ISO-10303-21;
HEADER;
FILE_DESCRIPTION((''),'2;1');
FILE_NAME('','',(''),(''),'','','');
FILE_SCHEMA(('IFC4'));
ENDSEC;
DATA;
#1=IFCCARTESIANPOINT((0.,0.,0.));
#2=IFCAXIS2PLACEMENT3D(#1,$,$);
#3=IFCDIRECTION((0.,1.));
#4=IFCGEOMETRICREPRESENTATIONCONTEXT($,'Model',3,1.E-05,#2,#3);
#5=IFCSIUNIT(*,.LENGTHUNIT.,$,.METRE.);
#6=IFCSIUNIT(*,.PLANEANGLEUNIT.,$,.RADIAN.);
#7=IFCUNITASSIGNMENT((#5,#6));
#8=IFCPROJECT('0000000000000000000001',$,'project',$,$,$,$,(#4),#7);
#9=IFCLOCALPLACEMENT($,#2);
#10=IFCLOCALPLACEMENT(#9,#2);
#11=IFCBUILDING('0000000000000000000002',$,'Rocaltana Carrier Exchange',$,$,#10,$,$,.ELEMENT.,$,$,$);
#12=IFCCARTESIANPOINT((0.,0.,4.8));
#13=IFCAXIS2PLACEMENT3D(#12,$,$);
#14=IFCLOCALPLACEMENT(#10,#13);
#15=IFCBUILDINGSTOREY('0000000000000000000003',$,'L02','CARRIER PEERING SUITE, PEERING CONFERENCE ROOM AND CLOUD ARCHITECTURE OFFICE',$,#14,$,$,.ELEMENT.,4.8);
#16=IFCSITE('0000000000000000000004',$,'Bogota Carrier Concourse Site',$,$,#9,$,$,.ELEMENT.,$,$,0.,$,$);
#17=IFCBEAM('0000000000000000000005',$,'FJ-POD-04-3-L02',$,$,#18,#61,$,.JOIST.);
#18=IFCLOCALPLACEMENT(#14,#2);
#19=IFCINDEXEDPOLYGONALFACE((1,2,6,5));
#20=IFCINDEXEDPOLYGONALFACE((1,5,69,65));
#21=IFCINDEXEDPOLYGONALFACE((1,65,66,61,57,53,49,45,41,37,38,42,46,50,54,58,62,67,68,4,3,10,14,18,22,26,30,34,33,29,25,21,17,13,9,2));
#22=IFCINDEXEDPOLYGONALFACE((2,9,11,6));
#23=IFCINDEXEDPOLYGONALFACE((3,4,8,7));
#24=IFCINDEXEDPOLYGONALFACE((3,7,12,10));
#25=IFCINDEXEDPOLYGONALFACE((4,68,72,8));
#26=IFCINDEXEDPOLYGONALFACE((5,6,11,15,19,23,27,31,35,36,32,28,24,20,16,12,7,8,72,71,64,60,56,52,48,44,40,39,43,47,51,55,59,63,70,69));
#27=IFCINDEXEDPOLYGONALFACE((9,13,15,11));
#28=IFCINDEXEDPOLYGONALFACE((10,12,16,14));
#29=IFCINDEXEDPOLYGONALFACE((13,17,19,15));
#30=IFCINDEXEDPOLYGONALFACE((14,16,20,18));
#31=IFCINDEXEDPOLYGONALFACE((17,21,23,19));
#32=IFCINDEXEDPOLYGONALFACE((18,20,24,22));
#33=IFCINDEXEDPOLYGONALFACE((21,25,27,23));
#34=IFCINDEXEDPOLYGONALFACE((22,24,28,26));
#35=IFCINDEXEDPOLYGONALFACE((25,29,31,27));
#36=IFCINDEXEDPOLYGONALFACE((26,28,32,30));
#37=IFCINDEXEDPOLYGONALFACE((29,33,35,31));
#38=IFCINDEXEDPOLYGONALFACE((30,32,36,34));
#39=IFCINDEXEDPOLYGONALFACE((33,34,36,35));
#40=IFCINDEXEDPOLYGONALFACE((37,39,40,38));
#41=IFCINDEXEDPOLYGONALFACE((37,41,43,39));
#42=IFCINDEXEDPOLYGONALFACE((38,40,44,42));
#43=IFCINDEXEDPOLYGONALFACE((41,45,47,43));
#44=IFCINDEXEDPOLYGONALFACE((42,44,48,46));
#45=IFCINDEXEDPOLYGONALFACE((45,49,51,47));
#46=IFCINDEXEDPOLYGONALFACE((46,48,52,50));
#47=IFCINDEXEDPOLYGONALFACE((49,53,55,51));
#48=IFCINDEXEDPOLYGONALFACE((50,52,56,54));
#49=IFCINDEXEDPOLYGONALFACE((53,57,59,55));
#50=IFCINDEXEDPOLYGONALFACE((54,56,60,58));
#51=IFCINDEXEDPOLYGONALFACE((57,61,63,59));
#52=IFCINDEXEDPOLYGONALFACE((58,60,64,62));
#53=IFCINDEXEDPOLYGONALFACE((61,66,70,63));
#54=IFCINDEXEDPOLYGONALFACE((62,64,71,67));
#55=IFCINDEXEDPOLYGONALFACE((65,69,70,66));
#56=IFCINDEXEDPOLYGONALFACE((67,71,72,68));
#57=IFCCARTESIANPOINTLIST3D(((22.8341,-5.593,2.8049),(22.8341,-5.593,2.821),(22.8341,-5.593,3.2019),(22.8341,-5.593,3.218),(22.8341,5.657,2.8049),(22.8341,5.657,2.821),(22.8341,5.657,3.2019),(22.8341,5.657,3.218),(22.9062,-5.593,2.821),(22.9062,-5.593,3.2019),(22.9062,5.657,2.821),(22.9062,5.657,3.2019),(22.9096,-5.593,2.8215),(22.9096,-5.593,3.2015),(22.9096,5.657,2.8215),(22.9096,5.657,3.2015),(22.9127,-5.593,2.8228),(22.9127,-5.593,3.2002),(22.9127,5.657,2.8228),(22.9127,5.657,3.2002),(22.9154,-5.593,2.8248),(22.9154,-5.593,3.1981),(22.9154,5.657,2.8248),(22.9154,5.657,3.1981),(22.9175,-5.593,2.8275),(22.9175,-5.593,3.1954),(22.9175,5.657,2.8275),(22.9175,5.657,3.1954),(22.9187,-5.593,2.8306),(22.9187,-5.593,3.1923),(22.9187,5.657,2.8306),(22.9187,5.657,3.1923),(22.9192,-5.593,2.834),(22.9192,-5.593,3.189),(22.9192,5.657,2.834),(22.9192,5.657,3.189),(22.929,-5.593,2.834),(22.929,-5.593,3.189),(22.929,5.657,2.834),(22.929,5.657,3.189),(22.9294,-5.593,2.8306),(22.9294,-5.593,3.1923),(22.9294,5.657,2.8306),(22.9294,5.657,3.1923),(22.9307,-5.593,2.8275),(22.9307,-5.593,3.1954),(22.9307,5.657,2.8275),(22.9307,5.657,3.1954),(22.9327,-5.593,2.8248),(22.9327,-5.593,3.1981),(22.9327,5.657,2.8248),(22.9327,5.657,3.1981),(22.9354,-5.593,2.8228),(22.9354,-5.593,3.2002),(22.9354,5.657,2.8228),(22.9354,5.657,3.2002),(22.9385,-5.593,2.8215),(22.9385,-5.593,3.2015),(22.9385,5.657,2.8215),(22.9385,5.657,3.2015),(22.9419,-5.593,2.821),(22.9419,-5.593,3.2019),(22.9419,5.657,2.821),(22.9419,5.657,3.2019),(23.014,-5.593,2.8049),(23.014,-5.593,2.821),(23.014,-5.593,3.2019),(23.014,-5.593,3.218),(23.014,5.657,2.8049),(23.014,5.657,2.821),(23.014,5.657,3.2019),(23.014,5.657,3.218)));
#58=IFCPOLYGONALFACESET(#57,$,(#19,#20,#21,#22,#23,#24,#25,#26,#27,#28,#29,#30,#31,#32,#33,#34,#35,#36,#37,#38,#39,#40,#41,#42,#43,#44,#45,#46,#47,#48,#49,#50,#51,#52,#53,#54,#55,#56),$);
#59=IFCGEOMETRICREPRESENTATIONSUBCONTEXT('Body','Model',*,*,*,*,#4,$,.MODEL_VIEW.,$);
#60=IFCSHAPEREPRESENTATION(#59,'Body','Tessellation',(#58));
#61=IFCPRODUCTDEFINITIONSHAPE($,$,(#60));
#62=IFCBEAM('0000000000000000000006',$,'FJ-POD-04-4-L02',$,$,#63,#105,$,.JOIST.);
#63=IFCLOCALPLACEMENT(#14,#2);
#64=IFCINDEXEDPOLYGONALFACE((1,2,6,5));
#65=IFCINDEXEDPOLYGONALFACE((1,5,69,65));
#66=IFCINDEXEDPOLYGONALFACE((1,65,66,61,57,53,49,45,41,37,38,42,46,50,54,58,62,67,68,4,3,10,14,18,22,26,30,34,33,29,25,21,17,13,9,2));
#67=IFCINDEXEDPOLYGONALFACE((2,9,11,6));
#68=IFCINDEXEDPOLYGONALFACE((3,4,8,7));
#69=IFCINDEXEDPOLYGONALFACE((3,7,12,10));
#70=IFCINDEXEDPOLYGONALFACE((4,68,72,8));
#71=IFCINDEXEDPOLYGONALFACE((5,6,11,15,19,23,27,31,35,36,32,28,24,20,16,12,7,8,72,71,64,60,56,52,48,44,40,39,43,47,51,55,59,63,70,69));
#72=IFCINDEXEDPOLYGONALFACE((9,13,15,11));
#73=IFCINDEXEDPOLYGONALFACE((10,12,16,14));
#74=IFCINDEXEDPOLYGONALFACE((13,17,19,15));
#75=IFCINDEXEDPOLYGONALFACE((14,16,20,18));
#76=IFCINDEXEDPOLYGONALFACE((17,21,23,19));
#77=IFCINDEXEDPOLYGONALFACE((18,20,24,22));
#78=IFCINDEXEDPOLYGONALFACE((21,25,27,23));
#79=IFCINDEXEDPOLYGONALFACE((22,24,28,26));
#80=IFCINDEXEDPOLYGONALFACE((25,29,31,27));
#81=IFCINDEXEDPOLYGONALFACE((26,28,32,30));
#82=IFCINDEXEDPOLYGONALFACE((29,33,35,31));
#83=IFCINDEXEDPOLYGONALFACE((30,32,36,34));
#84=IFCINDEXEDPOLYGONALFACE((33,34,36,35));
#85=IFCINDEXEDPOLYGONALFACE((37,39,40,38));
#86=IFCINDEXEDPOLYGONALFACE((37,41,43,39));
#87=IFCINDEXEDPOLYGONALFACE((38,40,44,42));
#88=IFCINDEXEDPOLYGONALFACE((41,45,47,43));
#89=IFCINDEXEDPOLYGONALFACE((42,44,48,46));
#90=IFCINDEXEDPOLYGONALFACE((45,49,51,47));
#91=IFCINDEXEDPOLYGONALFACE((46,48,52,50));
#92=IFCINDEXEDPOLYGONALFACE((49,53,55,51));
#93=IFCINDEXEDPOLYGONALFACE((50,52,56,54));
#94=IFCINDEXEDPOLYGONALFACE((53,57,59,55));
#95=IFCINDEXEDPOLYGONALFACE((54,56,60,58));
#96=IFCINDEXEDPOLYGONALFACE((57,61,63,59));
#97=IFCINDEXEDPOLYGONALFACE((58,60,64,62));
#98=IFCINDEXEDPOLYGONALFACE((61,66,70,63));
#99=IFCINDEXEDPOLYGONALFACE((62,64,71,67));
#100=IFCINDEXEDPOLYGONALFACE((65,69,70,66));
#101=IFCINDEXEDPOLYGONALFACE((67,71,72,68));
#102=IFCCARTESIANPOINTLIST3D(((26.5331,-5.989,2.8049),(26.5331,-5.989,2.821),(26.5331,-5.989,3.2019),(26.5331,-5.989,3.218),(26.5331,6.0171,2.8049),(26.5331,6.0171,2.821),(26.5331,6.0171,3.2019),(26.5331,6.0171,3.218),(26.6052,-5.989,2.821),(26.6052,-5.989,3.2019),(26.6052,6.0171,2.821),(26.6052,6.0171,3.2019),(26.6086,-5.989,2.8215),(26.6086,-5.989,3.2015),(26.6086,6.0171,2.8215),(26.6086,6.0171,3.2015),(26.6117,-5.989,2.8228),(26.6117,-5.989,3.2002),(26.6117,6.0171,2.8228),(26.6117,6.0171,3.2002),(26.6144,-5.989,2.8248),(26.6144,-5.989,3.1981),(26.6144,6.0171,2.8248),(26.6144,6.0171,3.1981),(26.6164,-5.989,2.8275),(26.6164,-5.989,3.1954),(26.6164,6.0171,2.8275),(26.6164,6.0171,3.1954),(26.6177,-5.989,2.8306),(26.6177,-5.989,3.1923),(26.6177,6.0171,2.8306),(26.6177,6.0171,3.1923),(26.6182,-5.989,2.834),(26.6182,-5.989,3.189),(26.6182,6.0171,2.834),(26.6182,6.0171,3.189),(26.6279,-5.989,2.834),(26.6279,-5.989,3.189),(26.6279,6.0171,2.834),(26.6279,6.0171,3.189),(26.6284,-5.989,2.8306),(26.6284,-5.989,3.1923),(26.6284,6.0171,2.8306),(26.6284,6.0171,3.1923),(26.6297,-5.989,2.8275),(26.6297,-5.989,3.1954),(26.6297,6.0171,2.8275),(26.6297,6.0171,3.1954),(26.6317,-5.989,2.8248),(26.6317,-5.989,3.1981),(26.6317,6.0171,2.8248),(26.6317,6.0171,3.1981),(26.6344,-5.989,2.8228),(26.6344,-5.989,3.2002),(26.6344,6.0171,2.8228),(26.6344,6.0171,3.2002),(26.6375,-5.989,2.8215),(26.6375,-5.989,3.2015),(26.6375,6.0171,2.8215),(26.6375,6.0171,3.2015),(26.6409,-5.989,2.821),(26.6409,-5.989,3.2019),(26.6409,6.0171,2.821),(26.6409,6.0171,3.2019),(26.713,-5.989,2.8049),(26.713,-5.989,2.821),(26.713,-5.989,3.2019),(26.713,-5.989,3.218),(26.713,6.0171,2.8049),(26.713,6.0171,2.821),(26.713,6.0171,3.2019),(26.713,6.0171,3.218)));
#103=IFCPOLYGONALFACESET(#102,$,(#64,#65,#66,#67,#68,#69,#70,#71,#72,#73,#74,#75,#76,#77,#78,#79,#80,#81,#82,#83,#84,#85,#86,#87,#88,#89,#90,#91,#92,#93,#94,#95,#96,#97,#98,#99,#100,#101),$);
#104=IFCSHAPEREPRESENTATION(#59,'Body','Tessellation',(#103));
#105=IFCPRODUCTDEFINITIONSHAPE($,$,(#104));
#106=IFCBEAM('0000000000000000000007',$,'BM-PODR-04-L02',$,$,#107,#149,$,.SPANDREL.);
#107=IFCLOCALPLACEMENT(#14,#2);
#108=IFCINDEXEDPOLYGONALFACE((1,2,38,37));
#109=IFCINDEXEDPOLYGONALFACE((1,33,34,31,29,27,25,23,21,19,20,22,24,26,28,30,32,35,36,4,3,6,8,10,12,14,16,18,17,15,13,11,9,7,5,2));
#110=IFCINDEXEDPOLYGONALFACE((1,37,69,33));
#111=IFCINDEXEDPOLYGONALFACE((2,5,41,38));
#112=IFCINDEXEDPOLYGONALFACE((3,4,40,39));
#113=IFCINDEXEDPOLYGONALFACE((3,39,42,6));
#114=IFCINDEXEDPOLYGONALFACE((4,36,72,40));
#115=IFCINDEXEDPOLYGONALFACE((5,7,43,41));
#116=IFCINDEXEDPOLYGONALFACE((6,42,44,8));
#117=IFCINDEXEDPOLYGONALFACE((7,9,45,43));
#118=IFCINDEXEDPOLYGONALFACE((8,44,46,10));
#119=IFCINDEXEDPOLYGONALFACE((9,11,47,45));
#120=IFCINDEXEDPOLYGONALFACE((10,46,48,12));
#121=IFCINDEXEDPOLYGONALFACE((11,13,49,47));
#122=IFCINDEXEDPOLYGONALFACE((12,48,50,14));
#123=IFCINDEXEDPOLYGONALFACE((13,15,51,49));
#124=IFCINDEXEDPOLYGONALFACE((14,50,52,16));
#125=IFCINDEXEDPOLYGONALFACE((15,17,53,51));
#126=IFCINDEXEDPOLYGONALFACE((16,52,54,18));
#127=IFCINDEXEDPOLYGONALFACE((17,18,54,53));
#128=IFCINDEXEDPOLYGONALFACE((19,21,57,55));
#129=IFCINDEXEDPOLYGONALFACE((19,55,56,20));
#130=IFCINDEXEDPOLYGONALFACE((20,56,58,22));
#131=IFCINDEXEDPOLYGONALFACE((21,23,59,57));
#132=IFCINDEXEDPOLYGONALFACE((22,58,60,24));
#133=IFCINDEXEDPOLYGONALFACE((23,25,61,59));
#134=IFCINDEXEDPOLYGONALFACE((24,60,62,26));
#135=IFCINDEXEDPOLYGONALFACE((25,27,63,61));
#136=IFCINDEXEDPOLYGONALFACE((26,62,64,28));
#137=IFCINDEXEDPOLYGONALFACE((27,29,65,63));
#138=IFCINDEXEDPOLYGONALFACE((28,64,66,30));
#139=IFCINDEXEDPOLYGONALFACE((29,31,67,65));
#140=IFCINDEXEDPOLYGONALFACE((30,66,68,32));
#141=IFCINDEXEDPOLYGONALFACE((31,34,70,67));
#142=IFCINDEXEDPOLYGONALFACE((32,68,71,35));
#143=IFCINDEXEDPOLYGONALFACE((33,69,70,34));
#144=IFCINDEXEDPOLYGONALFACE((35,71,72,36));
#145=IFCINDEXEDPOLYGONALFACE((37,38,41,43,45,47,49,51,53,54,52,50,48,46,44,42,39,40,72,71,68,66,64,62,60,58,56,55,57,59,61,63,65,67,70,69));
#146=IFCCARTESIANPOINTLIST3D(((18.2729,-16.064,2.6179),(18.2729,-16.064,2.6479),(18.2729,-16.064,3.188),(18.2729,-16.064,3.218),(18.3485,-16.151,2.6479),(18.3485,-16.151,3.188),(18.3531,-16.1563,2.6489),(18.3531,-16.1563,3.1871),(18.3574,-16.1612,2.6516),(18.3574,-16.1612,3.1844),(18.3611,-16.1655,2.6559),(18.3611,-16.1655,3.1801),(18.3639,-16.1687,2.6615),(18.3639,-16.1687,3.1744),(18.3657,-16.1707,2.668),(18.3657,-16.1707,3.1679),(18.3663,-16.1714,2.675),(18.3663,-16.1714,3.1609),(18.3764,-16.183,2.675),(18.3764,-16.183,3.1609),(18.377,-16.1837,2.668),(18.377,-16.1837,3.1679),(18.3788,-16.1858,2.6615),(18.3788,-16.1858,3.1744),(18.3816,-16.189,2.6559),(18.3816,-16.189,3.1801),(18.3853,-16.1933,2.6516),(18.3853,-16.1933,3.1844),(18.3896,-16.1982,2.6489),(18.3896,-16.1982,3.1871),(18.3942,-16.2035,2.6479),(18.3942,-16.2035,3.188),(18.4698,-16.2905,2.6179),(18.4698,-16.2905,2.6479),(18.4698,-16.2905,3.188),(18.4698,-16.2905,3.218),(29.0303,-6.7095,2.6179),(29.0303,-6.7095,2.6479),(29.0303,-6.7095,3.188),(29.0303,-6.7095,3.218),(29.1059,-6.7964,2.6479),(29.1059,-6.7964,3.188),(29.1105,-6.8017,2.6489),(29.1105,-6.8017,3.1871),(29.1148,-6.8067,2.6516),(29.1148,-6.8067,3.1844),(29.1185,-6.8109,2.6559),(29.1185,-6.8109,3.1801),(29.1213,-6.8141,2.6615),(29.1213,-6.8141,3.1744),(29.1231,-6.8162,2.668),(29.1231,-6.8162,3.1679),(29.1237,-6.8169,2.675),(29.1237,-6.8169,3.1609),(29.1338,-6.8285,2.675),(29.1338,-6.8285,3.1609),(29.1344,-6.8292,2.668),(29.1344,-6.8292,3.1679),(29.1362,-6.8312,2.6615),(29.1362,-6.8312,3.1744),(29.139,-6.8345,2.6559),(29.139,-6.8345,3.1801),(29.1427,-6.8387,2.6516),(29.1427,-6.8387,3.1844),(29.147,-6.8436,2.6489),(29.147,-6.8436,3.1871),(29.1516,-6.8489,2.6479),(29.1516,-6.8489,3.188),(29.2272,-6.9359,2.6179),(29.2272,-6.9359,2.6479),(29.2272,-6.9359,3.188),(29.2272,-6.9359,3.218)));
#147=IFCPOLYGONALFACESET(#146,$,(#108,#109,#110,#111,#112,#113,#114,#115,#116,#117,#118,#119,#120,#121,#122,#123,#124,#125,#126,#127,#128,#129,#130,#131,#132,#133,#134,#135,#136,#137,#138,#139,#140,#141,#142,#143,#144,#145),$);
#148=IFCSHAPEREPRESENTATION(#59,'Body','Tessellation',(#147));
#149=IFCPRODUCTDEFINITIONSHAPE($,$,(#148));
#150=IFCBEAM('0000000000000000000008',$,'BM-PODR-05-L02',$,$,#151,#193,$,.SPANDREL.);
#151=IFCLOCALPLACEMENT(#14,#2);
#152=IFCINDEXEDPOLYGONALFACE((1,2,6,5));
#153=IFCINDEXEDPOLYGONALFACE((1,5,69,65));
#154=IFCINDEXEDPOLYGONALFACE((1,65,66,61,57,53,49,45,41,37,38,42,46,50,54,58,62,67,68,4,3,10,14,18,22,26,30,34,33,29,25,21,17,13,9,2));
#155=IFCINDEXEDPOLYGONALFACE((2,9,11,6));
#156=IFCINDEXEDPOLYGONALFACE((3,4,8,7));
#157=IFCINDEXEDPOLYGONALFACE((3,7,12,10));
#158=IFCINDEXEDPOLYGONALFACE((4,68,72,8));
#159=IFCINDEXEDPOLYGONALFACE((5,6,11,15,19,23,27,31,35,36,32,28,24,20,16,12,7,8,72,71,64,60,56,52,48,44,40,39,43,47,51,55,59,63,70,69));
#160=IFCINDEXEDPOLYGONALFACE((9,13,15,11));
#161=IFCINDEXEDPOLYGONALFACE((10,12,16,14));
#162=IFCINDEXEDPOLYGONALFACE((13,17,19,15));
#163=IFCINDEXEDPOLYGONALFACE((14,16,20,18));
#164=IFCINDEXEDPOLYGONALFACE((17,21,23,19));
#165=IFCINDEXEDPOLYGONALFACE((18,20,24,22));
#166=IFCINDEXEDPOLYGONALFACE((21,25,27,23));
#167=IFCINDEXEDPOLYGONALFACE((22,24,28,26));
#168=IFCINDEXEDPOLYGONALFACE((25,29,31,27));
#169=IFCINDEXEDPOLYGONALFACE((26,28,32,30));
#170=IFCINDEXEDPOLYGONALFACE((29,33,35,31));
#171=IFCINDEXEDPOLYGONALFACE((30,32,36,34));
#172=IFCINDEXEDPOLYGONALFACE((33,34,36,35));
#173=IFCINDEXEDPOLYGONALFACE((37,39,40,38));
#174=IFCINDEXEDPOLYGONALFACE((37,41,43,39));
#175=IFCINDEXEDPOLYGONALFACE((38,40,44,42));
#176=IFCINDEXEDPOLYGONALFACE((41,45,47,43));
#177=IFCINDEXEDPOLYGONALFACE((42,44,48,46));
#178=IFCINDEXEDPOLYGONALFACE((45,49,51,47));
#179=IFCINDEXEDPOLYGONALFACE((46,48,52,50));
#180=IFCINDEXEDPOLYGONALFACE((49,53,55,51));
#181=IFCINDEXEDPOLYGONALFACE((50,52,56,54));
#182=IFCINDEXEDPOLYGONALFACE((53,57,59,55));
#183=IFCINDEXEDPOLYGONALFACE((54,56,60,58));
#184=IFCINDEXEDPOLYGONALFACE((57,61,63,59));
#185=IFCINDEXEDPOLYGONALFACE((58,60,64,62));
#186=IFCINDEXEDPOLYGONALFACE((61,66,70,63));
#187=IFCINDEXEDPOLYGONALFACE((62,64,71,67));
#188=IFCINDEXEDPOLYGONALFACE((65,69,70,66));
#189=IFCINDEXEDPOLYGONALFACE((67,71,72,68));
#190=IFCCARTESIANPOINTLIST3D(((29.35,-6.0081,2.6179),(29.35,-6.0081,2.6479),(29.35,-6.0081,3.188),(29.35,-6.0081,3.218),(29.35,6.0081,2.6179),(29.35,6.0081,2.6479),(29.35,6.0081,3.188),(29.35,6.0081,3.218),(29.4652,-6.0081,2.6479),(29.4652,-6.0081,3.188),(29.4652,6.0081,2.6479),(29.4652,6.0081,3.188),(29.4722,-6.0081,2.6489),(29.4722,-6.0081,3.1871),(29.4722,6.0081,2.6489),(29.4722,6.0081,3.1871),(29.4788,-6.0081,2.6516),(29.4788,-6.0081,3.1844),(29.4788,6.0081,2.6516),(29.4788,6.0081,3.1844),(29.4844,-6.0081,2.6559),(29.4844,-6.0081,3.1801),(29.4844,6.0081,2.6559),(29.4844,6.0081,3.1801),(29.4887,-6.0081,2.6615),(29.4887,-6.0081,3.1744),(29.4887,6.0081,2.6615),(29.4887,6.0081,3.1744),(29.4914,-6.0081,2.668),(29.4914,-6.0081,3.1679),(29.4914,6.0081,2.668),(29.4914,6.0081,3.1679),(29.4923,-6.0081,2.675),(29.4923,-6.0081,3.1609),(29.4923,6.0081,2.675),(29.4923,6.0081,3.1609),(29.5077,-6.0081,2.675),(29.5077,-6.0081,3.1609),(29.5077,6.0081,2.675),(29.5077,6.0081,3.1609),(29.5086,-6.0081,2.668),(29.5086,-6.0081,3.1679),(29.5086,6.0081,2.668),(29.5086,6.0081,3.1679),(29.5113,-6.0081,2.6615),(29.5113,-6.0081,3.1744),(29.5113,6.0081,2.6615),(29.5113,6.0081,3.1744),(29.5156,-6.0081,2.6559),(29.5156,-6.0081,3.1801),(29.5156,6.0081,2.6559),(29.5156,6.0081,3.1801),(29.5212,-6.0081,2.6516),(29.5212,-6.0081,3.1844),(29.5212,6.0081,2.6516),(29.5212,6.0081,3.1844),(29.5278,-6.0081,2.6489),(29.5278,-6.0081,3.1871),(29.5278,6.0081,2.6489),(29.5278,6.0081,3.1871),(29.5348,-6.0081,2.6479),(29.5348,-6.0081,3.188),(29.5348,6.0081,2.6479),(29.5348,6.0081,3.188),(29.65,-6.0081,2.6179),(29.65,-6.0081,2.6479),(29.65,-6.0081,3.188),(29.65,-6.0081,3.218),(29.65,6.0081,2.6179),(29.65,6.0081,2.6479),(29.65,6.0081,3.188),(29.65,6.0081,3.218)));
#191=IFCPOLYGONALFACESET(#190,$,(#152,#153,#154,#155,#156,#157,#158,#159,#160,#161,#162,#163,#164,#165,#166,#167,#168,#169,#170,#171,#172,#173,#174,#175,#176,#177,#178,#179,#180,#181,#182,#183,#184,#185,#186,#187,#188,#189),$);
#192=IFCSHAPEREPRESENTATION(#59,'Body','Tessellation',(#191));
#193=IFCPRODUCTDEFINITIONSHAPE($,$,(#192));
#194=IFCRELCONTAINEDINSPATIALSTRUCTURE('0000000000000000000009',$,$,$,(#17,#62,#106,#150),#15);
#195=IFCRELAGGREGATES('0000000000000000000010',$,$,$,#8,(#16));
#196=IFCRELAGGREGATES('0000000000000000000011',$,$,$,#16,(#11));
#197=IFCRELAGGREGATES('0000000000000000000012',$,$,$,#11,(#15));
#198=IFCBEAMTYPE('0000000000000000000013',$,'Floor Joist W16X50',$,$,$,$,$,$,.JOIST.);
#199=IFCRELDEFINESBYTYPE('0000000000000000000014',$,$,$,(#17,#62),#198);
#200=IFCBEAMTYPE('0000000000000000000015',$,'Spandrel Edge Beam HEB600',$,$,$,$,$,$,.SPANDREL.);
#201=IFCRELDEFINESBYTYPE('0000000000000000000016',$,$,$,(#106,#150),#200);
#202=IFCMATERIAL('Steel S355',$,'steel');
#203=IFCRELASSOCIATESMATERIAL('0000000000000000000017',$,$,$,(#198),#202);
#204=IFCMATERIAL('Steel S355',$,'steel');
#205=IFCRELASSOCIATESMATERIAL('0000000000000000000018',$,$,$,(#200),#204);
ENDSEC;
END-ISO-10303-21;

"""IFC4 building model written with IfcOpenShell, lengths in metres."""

from ifc_helpers import new_model, si_unit, direction, frame, origin, origin_2d, place, context, subcontext, project, spatial, i_section, extrude, material, material_profile, profile_set, type_object, element, save


model = new_model("IFC4")

# Units and contexts
model_context = context("Model", 3, precision=1e-05, world=origin(), true_north=direction((0.0, 1.0)))
body_context = subcontext(model_context, "Body", "Model", "MODEL_VIEW")
ifc_project = project(units=[si_unit("LENGTHUNIT", "METRE"), si_unit("PLANEANGLEUNIT", "RADIAN")], contexts=[model_context])

# Site, building, storey
site_placement = place(None, origin())
site = spatial("IfcSite", under=ifc_project, at=site_placement, Name="Bogota Carrier Concourse Site", CompositionType="ELEMENT", RefElevation=0.0)
building_placement = place(site_placement, origin())
building = spatial("IfcBuilding", under=site, at=building_placement, Name="Rocaltana Carrier Exchange", CompositionType="ELEMENT")
storey_placement = place(building_placement, frame((0.0, 0.0, 4.8)))
storey = spatial("IfcBuildingStorey", under=building, at=storey_placement, Name="L02", Description="CARRIER PEERING SUITE, PEERING CONFERENCE ROOM AND CLOUD ARCHITECTURE OFFICE", CompositionType="ELEMENT", Elevation=4.8)

# Beams
ifc_material_1 = material(Name="Steel S355", Category="steel")
ifc_material_profile_1 = material_profile(ifc_material_1, i_section(OverallWidth=0.1799, OverallDepth=0.4131, WebThickness=0.0098, FlangeThickness=0.0161, FilletRadius=0.0129, at=origin_2d()), Name="W16X50")
ifc_profile_set_1 = profile_set([ifc_material_profile_1], Name="Steel S355")
beam_type_1 = type_object("IfcBeamType", Name="Floor Joist W16X50", PredefinedType="JOIST", material=ifc_profile_set_1)
beam_1_placement = place(storey_placement, frame((22.9241, -5.593, 3.0115), z_axis=(0.0, 1.0, 0.0), x_axis=(-1.0, 0.0, 0.0)))
element("IfcBeam", 1, at=beam_1_placement, inside=storey, type_object=beam_type_1, Name="FJ-POD-04-3-L02", PredefinedType="JOIST", context=body_context, shape_type="SweptSolid", body=[
    extrude(i_section(OverallWidth=0.1799, OverallDepth=0.4131, WebThickness=0.0098, FlangeThickness=0.0161, FilletRadius=0.0129, at=origin_2d()), origin(), (0.0, 0.0, 1.0), 11.25),
])
beam_2_placement = place(storey_placement, frame((26.623, -5.989, 3.0115), z_axis=(0.0, 1.0, 0.0), x_axis=(-1.0, 0.0, 0.0)))
element("IfcBeam", 2, at=beam_2_placement, inside=storey, type_object=beam_type_1, Name="FJ-POD-04-4-L02", PredefinedType="JOIST", context=body_context, shape_type="SweptSolid", body=[
    extrude(i_section(OverallWidth=0.1799, OverallDepth=0.4131, WebThickness=0.0098, FlangeThickness=0.0161, FilletRadius=0.0129, at=origin_2d()), origin(), (0.0, 0.0, 1.0), 12.0061),
])
ifc_material_2 = material(Name="Steel S355", Category="steel")
ifc_material_profile_2 = material_profile(ifc_material_2, i_section(OverallWidth=0.3, OverallDepth=0.6001, WebThickness=0.0154, FlangeThickness=0.03, FilletRadius=0.0271, at=origin_2d()), Name="HEB600")
ifc_profile_set_2 = profile_set([ifc_material_profile_2], Name="Steel S355")
beam_type_2 = type_object("IfcBeamType", Name="Spandrel Edge Beam HEB600", PredefinedType="SPANDREL", material=ifc_profile_set_2)
beam_3_placement = place(storey_placement, frame((18.3713, -16.1772, 2.918), z_axis=(0.754595, 0.656191, 0.0), x_axis=(-0.656191, 0.754595, 0.0)))
element("IfcBeam", 3, at=beam_3_placement, inside=storey, type_object=beam_type_2, Name="BM-PODR-04-L02", PredefinedType="SPANDREL", context=body_context, shape_type="SweptSolid", body=[
    extrude(i_section(OverallWidth=0.3, OverallDepth=0.6001, WebThickness=0.0154, FlangeThickness=0.03, FilletRadius=0.0271, at=origin_2d()), origin(), (0.0, 0.0, 1.0), 14.2559),
])
beam_4_placement = place(storey_placement, frame((29.5, -6.0081, 2.918), z_axis=(0.0, 1.0, 0.0), x_axis=(-1.0, 0.0, 0.0)))
element("IfcBeam", 4, at=beam_4_placement, inside=storey, type_object=beam_type_2, Name="BM-PODR-05-L02", PredefinedType="SPANDREL", context=body_context, shape_type="SweptSolid", body=[
    extrude(i_section(OverallWidth=0.3, OverallDepth=0.6001, WebThickness=0.0154, FlangeThickness=0.03, FilletRadius=0.0271, at=origin_2d()), origin(), (0.0, 0.0, 1.0), 12.0161),
])

save(model, "model.ifc")
